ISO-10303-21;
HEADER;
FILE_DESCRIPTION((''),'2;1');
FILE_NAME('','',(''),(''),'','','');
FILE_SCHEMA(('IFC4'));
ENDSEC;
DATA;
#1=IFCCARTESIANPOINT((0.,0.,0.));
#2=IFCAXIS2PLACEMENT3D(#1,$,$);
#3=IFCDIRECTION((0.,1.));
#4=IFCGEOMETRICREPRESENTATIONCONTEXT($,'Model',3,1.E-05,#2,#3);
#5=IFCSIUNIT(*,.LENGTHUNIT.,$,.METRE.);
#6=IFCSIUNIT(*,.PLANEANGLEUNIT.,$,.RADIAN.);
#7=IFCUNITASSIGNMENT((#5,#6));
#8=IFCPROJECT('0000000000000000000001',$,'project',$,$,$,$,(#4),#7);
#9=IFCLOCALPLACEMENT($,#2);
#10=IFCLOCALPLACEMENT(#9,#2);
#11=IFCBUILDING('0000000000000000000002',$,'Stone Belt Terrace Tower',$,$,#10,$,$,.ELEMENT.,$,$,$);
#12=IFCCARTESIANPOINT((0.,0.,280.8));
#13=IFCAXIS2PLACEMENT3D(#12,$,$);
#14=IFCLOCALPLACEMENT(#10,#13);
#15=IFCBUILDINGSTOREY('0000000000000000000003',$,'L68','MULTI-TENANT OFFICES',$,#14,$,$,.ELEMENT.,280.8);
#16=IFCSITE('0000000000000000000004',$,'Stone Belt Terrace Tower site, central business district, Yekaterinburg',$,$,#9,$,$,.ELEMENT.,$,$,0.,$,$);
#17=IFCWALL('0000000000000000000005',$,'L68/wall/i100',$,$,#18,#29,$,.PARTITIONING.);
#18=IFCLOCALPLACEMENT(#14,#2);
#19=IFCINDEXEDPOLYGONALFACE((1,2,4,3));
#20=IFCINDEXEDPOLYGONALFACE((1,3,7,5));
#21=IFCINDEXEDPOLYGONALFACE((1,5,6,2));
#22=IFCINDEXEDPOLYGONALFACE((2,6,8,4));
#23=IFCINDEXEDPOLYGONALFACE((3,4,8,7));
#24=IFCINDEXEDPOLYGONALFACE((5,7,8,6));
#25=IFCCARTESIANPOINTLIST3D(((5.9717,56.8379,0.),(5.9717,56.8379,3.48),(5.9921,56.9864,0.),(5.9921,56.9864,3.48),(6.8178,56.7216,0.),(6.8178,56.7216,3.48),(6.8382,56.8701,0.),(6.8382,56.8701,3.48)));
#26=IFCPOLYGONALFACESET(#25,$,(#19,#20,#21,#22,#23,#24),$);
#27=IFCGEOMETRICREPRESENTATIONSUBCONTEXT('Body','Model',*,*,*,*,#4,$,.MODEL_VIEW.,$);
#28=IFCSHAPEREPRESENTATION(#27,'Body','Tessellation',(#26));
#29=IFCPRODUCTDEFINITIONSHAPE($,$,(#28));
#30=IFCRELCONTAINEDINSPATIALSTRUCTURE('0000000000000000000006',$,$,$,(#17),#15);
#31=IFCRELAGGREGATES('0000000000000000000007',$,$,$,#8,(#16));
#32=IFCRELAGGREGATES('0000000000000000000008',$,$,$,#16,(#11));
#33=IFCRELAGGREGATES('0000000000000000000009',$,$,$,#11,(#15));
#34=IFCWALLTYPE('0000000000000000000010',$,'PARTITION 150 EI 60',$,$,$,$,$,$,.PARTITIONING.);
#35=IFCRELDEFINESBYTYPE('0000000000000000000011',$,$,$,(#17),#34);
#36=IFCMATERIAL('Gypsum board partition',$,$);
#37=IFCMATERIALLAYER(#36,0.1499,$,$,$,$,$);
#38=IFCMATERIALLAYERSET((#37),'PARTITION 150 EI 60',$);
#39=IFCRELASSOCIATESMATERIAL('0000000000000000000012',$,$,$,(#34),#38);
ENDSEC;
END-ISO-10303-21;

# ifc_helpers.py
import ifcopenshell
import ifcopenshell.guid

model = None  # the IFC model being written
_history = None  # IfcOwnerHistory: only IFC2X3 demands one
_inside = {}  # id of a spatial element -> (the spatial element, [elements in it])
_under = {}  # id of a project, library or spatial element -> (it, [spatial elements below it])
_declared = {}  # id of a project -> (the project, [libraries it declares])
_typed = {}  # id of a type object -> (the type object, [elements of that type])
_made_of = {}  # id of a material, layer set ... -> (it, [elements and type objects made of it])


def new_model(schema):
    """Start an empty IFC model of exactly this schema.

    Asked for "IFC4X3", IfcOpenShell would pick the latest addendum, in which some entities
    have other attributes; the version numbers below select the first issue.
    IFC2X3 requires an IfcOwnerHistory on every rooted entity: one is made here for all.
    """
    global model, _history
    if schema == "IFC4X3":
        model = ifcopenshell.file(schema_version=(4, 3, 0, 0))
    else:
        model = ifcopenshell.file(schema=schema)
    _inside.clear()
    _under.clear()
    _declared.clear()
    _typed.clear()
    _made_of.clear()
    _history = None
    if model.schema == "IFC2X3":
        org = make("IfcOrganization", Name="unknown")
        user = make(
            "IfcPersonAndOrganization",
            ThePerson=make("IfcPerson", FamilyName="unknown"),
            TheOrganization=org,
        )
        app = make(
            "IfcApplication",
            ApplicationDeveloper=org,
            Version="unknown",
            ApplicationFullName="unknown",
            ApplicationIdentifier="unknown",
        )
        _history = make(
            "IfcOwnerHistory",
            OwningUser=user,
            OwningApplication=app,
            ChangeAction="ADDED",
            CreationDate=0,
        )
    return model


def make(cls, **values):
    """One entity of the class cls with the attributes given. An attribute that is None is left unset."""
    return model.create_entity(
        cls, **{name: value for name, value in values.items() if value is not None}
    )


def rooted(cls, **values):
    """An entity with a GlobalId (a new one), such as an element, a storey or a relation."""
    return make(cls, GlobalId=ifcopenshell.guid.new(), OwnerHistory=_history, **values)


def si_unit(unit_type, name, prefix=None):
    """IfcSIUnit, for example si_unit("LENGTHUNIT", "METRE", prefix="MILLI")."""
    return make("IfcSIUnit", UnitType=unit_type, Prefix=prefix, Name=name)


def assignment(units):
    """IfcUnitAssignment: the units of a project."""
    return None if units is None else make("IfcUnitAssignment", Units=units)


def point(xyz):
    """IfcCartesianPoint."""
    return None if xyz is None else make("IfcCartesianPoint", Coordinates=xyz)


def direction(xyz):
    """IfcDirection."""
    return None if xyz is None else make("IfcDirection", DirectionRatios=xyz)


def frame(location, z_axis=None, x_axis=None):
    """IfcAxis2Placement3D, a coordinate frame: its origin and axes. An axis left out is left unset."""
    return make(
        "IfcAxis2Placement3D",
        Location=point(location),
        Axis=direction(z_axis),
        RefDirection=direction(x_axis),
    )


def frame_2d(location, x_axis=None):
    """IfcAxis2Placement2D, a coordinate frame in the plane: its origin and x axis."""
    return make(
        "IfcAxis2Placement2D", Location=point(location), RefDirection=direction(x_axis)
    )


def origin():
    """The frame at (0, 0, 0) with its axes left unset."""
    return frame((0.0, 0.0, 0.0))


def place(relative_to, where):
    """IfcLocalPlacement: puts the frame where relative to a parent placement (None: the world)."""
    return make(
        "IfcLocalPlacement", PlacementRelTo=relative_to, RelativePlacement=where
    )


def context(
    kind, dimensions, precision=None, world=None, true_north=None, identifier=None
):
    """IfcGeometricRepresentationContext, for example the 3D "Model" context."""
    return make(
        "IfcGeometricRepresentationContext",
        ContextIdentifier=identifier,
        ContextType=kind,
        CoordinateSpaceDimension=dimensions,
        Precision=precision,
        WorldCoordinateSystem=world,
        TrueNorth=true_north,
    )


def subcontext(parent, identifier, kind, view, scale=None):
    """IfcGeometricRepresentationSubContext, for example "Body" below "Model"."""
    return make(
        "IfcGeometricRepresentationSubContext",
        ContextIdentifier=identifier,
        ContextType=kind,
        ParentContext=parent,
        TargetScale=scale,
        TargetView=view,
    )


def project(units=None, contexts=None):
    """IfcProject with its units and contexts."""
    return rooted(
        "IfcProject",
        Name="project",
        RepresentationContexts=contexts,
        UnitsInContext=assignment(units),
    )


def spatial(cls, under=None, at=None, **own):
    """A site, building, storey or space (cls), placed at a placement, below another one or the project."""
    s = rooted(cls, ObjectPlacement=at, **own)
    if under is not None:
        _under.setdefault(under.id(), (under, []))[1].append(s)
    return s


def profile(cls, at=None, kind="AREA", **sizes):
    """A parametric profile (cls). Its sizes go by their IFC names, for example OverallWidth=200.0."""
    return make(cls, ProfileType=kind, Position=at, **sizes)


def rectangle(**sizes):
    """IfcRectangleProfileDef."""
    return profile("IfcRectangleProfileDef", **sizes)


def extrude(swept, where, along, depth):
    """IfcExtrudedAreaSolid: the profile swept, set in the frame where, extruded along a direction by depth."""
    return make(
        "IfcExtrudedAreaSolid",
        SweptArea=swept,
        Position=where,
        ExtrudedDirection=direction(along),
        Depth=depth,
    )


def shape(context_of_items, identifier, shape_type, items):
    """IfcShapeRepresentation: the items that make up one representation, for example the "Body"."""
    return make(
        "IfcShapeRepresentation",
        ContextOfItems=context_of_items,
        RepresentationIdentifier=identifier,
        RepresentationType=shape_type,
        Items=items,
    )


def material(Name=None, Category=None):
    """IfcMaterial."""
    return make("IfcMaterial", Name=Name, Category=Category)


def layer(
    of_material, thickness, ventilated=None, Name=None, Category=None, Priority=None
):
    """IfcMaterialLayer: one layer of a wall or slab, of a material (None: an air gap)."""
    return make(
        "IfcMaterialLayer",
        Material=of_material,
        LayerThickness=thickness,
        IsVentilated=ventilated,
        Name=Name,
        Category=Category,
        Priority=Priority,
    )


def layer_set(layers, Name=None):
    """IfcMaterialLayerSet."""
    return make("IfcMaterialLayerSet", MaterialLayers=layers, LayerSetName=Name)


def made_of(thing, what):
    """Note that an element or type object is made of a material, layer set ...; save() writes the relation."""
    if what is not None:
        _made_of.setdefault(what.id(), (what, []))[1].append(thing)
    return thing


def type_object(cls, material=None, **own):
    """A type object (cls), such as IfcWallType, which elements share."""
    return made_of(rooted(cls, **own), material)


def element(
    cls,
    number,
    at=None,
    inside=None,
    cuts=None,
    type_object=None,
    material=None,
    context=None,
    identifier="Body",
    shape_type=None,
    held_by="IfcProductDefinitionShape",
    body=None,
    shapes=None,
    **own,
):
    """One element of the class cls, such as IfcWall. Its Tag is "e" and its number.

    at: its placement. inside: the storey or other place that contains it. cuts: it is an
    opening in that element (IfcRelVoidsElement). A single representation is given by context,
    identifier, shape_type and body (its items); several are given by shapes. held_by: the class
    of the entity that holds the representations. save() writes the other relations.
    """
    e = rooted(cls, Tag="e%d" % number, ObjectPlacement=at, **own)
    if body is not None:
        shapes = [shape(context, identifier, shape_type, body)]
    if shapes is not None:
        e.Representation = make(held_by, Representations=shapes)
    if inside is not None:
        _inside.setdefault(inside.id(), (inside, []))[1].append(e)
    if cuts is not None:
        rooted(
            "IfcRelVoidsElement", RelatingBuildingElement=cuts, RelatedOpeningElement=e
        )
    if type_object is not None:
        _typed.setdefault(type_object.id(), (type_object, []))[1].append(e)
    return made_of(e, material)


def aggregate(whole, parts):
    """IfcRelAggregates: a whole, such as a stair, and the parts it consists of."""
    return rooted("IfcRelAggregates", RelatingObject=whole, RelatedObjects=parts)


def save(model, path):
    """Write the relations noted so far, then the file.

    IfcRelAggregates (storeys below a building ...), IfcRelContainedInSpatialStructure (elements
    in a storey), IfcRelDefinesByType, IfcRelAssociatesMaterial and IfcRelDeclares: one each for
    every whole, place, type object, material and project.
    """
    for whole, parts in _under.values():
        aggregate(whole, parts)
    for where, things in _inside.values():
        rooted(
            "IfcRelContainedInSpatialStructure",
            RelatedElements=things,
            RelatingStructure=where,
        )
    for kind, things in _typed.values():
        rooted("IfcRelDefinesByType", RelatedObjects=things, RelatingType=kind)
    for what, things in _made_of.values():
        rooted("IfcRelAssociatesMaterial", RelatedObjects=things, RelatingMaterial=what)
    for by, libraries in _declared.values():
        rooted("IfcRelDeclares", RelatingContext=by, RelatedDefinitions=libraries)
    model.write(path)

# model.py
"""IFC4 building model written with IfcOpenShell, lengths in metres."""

from ifc_helpers import new_model, si_unit, direction, frame, frame_2d, origin, place, context, subcontext, project, spatial, rectangle, extrude, material, layer, layer_set, type_object, element, save


model = new_model("IFC4")

# Units and contexts
model_context = context("Model", 3, precision=1e-05, world=origin(), true_north=direction((0.0, 1.0)))
body_context = subcontext(model_context, "Body", "Model", "MODEL_VIEW")
ifc_project = project(units=[si_unit("LENGTHUNIT", "METRE"), si_unit("PLANEANGLEUNIT", "RADIAN")], contexts=[model_context])

# Site, building, storey
site_placement = place(None, origin())
site = spatial("IfcSite", under=ifc_project, at=site_placement, Name="Stone Belt Terrace Tower site, central business district, Yekaterinburg", CompositionType="ELEMENT", RefElevation=0.0)
building_placement = place(site_placement, origin())
building = spatial("IfcBuilding", under=site, at=building_placement, Name="Stone Belt Terrace Tower", CompositionType="ELEMENT")
storey_placement = place(building_placement, frame((0.0, 0.0, 280.8)))
storey = spatial("IfcBuildingStorey", under=building, at=storey_placement, Name="L68", Description="MULTI-TENANT OFFICES", CompositionType="ELEMENT", Elevation=280.8)

# Shared definitions
ifc_material_1 = material(Name="Gypsum board partition")

# Wall
ifc_layer_1 = layer(ifc_material_1, 0.1499)
ifc_layer_set_1 = layer_set([ifc_layer_1], Name="PARTITION 150 EI 60")
wall_type_1 = type_object("IfcWallType", Name="PARTITION 150 EI 60", PredefinedType="PARTITIONING", material=ifc_layer_set_1)
wall_1_placement = place(storey_placement, frame((5.9819, 56.9121, 0.0), z_axis=(0.0, 0.0, 1.0), x_axis=(0.990696, -0.136096, 0.0)))
element("IfcWall", 1, at=wall_1_placement, inside=storey, type_object=wall_type_1, Name="L68/wall/i100", PredefinedType="PARTITIONING", context=body_context, shape_type="SweptSolid", body=[
    extrude(rectangle(XDim=0.854, YDim=0.1499, at=frame_2d((0.427, 0.0))), origin(), (0.0, 0.0, 1.0), 3.48),
])

save(model, "model.ifc")
